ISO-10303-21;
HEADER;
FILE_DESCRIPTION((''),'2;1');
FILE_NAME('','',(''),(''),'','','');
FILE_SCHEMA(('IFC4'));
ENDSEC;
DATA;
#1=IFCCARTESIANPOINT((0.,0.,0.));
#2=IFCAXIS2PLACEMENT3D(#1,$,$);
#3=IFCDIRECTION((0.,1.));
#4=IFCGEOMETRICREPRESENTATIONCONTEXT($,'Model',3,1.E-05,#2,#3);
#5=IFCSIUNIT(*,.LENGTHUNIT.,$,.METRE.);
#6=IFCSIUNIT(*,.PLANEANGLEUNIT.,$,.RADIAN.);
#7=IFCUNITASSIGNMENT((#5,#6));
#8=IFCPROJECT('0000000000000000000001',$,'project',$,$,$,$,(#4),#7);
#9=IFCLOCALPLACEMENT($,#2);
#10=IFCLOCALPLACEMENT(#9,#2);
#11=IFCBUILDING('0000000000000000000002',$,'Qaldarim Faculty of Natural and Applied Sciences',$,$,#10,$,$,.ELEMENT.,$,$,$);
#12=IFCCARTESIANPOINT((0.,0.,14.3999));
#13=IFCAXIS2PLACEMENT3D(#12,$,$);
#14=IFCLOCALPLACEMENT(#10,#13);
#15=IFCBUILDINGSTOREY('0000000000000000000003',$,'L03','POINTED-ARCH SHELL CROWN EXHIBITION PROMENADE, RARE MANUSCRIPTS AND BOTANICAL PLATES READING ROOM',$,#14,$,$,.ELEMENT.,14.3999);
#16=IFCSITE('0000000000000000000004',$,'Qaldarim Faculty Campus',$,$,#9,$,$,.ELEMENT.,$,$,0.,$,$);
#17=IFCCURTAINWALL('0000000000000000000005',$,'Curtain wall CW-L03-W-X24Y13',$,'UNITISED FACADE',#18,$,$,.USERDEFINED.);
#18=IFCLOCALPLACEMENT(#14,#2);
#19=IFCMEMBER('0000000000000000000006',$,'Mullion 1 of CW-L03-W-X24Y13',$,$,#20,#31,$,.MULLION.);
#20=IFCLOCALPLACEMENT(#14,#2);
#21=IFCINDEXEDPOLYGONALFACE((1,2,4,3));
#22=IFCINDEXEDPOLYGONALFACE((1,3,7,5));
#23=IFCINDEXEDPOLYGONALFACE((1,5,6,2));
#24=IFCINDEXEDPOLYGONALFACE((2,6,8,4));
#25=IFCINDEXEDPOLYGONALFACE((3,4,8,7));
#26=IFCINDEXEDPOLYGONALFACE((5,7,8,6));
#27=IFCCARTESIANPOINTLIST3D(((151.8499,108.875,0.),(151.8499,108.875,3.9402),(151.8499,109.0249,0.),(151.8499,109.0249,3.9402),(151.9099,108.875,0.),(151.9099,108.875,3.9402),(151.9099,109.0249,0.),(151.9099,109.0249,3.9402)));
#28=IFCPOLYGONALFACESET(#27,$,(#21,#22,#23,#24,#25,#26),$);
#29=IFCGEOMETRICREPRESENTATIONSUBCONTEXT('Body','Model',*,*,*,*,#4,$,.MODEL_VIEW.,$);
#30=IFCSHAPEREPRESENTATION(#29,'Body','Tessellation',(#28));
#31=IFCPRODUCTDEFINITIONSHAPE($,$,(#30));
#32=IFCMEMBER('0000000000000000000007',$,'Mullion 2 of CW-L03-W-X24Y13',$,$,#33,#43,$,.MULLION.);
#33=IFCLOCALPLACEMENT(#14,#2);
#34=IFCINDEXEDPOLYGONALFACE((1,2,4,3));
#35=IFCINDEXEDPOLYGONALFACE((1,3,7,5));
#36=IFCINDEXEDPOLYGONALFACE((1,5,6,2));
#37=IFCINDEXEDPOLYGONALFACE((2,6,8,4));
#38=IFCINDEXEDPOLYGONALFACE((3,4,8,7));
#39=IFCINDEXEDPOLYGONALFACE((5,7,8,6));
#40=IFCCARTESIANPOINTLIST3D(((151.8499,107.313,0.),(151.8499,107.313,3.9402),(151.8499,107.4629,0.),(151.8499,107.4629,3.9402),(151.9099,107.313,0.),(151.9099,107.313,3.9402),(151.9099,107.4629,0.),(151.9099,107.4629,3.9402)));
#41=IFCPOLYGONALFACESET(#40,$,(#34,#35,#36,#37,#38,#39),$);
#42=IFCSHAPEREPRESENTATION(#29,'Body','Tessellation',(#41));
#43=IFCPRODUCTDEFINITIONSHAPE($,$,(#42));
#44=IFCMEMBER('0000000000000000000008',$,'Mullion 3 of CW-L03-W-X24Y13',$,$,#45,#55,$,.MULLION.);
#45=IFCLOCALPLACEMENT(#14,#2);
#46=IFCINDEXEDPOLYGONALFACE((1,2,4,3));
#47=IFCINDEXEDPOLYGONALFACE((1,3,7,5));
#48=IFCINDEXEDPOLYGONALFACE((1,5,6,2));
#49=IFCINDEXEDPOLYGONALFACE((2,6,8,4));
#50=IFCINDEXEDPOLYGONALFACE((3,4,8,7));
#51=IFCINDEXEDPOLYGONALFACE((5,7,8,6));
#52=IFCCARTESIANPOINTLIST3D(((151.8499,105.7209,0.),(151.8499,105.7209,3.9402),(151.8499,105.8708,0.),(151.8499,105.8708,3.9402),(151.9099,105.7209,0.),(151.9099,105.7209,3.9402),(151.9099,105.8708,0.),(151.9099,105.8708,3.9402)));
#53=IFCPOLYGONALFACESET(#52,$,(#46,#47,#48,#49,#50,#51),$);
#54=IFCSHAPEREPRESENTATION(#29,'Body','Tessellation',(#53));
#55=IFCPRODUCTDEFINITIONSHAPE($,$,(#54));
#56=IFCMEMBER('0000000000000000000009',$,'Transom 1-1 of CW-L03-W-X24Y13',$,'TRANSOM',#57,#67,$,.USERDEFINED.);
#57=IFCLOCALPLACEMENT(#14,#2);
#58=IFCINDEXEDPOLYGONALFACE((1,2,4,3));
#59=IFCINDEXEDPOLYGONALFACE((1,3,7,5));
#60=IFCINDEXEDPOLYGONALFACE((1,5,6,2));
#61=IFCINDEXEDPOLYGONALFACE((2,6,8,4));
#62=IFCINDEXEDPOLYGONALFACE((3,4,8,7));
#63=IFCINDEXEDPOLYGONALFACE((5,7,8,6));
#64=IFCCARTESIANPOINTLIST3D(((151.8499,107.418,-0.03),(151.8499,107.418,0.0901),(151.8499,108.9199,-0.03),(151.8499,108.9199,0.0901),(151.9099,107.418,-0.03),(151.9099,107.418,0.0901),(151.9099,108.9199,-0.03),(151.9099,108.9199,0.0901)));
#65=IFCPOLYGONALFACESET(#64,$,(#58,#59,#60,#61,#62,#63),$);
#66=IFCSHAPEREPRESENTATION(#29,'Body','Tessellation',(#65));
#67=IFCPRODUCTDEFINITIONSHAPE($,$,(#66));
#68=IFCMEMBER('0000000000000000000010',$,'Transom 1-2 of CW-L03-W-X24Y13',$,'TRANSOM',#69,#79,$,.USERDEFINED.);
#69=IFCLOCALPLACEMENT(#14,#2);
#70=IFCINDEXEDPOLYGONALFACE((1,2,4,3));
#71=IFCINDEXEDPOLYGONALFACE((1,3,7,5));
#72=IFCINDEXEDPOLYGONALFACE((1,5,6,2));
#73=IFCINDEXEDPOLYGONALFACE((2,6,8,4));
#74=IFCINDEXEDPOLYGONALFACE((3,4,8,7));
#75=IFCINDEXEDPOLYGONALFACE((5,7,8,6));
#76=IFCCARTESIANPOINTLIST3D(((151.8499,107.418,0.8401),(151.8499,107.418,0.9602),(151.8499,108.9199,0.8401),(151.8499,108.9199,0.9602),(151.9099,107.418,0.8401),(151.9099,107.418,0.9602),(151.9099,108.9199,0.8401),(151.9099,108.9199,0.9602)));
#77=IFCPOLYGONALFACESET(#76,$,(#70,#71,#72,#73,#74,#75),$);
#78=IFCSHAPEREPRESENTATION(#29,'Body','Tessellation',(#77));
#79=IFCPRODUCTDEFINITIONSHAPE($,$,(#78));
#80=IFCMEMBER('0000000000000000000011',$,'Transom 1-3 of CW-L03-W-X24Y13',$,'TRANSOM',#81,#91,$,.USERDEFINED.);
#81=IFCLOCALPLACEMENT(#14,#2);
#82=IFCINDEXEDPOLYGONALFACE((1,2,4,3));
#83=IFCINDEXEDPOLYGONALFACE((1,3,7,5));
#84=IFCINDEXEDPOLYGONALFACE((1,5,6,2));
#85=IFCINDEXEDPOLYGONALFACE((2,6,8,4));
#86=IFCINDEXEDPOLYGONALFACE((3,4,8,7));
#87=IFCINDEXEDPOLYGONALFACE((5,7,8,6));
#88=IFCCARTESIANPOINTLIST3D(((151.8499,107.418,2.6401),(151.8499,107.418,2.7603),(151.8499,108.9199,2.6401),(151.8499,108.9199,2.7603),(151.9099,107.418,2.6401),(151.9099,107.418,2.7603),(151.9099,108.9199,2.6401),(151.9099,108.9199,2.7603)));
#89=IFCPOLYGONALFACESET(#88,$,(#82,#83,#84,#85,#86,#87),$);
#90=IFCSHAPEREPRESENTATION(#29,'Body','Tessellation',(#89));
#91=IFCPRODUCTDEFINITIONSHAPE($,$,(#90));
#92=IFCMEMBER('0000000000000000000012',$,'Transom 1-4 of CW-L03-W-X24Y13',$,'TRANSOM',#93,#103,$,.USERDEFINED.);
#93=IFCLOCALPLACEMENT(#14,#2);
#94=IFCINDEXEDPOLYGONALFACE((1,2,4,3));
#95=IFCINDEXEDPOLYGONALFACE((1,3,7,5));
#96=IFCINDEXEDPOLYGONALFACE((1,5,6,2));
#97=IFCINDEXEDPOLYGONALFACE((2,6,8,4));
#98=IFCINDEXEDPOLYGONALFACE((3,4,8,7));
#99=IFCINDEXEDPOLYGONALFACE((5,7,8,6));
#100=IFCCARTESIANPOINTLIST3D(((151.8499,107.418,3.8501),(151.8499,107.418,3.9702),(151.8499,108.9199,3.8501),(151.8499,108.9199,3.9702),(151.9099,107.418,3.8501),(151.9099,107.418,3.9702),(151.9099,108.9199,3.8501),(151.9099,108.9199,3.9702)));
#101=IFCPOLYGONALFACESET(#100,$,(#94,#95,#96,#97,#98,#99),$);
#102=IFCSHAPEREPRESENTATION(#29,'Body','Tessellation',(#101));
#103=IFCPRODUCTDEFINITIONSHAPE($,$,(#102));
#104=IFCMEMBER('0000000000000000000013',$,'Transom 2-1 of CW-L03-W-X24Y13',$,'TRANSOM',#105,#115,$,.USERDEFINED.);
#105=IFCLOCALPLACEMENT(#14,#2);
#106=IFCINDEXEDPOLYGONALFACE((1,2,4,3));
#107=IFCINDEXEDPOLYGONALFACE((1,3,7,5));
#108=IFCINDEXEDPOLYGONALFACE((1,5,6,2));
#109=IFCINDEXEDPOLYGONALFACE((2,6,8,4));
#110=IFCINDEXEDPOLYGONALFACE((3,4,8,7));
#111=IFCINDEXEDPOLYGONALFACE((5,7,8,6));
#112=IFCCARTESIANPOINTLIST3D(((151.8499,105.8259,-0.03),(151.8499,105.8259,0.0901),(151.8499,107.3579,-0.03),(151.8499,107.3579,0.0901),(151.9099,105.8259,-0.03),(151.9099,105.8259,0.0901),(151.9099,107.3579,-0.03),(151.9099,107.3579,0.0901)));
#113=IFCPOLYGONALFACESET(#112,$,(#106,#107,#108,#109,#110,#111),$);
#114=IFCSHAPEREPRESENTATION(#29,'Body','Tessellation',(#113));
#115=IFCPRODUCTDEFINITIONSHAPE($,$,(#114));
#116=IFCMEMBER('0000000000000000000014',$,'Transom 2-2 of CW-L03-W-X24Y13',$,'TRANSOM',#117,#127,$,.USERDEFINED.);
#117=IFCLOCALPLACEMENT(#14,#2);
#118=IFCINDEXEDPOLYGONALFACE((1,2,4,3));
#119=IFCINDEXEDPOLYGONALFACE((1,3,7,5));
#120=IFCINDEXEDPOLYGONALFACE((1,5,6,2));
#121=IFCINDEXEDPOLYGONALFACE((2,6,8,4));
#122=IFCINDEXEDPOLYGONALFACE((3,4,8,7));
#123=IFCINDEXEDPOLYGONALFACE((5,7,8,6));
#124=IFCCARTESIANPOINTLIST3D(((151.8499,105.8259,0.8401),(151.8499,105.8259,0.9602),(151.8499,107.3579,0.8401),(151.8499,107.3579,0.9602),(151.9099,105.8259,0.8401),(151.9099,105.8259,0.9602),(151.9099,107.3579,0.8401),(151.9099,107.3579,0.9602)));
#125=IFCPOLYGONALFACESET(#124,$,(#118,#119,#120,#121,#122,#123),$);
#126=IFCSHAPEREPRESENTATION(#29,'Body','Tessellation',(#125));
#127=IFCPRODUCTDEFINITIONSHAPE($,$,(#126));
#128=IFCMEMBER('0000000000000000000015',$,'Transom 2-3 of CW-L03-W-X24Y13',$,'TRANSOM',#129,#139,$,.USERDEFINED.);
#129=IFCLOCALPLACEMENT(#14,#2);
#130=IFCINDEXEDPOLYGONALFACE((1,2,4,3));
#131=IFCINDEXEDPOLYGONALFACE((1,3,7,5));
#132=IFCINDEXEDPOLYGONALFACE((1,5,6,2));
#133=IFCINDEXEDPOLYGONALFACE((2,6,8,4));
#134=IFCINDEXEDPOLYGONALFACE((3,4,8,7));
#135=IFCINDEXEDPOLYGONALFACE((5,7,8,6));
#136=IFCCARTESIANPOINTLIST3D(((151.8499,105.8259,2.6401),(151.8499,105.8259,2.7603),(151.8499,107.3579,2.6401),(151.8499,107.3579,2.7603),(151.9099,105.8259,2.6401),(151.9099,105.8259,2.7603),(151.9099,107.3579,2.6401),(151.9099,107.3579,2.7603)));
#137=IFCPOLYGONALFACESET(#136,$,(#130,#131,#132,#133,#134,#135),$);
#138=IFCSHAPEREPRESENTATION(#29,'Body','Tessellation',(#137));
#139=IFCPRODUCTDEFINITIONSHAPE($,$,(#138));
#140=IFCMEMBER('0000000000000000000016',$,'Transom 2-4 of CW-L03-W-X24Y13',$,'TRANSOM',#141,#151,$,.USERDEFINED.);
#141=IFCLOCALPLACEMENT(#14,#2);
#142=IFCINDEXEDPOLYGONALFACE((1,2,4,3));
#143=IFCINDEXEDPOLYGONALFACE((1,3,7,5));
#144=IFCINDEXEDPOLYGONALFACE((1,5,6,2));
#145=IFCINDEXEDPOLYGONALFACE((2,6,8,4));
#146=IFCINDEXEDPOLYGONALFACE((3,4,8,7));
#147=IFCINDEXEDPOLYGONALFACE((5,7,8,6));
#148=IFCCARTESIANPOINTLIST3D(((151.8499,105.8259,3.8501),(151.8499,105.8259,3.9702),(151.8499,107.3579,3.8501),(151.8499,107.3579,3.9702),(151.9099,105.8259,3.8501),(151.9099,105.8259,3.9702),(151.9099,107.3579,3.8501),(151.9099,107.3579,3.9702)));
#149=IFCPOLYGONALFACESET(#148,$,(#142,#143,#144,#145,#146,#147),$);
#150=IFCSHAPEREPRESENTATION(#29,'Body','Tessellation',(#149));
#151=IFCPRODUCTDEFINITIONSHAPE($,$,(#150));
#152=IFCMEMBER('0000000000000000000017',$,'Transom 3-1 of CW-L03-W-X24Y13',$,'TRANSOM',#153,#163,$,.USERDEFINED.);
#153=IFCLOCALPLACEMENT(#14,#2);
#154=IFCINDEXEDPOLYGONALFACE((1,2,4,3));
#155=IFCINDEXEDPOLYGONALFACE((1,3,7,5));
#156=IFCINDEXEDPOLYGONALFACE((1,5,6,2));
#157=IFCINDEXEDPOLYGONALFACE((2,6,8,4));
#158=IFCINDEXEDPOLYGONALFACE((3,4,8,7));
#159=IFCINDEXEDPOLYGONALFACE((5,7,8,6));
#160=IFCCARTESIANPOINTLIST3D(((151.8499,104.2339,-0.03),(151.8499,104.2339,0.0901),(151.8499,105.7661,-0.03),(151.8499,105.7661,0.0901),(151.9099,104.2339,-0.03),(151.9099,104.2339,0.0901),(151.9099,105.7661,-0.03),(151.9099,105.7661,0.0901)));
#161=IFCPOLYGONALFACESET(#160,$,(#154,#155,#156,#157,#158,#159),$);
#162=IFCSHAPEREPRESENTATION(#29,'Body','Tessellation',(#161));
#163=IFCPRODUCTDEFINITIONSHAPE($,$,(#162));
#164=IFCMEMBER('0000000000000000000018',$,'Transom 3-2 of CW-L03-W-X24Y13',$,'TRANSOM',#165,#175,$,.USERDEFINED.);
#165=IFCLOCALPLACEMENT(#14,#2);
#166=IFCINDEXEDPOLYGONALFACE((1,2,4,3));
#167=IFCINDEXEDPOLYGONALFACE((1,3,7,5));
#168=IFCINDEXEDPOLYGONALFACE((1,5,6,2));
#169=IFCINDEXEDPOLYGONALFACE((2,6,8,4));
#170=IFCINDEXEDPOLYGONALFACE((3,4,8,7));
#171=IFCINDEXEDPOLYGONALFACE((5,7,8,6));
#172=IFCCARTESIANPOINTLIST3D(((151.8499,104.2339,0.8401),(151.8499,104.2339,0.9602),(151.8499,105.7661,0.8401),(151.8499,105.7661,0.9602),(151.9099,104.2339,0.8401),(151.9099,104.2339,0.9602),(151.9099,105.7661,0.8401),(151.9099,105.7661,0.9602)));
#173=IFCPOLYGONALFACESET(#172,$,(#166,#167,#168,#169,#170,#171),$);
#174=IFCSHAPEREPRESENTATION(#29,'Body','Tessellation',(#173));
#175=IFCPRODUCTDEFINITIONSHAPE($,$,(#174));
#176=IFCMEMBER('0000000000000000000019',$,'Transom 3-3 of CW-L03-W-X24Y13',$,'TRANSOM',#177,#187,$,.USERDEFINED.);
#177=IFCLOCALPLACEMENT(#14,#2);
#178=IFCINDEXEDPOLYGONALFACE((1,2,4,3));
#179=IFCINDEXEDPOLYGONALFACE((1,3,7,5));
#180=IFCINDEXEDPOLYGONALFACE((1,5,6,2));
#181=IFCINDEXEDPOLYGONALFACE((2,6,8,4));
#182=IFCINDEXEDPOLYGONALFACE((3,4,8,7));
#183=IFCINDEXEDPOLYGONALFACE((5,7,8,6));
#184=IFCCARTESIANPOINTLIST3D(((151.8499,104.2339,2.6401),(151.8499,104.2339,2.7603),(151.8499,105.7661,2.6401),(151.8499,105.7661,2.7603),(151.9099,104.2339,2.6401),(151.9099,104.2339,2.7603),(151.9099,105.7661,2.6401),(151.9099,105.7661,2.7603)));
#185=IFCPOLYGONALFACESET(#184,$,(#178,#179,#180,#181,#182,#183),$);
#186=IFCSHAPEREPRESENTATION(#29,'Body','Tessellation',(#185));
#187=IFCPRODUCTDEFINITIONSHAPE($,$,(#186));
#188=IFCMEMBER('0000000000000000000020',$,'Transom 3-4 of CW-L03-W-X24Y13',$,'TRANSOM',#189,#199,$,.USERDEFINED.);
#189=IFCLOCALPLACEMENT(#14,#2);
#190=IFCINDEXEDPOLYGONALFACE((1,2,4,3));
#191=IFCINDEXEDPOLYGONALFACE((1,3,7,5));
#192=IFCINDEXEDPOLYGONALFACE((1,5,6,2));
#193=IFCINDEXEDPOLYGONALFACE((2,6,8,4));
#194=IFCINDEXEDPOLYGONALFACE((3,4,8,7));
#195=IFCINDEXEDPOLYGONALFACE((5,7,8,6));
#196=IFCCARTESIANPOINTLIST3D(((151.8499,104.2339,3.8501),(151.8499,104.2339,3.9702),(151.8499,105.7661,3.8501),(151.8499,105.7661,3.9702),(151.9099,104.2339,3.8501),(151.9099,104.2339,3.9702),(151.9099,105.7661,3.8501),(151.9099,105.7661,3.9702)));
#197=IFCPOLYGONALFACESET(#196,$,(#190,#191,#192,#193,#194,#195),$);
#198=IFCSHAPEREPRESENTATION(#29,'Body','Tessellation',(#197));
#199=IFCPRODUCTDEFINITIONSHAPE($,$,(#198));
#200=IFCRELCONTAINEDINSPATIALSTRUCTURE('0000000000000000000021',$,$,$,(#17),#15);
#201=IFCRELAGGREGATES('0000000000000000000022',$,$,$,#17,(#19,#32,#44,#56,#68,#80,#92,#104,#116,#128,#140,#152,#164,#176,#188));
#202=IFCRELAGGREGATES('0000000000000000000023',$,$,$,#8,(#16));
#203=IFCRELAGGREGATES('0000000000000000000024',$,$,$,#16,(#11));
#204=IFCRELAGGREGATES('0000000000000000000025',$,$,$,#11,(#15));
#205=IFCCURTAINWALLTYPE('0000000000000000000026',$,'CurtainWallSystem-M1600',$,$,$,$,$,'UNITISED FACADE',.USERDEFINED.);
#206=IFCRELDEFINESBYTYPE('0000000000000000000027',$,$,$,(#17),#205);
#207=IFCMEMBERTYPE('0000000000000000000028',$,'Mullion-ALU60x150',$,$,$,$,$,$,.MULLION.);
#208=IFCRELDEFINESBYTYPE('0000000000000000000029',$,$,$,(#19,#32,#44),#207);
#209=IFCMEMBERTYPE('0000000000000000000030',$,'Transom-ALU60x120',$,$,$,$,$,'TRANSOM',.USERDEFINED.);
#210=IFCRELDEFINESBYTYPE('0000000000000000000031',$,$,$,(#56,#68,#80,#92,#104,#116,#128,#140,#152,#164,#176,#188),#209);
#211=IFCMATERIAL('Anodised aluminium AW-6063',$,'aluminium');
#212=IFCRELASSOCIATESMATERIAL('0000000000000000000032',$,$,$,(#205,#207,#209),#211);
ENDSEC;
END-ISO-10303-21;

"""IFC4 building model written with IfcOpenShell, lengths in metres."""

from ifc_helpers import new_model, si_unit, direction, frame, origin, origin_2d, place, context, subcontext, project, spatial, rectangle, extrude, material, material_profile, profile_set, type_object, element, aggregate, save


model = new_model("IFC4")

# Units and contexts
model_context = context("Model", 3, precision=1e-05, world=origin(), true_north=direction((0.0, 1.0)))
body_context = subcontext(model_context, "Body", "Model", "MODEL_VIEW")
ifc_project = project(units=[si_unit("LENGTHUNIT", "METRE"), si_unit("PLANEANGLEUNIT", "RADIAN")], contexts=[model_context])

# Site, building, storey
site_placement = place(None, origin())
site = spatial("IfcSite", under=ifc_project, at=site_placement, Name="Qaldarim Faculty Campus", CompositionType="ELEMENT", RefElevation=0.0)
building_placement = place(site_placement, origin())
building = spatial("IfcBuilding", under=site, at=building_placement, Name="Qaldarim Faculty of Natural and Applied Sciences", CompositionType="ELEMENT")
storey_placement = place(building_placement, frame((0.0, 0.0, 14.3999)))
storey = spatial("IfcBuildingStorey", under=building, at=storey_placement, Name="L03", Description="POINTED-ARCH SHELL CROWN EXHIBITION PROMENADE, RARE MANUSCRIPTS AND BOTANICAL PLATES READING ROOM", CompositionType="ELEMENT", Elevation=14.3999)

# Curtain wall, members
ifc_material_1 = material(Name="Anodised aluminium AW-6063", Category="aluminium")
curtain_wall_type = type_object("IfcCurtainWallType", Name="CurtainWallSystem-M1600", ElementType="UNITISED FACADE", PredefinedType="USERDEFINED", material=ifc_material_1)
curtain_wall_placement = place(storey_placement, origin())
curtain_wall = element("IfcCurtainWall", 1, at=curtain_wall_placement, inside=storey, type_object=curtain_wall_type, Name="Curtain wall CW-L03-W-X24Y13", ObjectType="UNITISED FACADE", PredefinedType="USERDEFINED")
ifc_material_profile_1 = material_profile(ifc_material_1, rectangle(XDim=0.0601, YDim=0.1499, at=origin_2d()), Name="ALU-M60x150")
ifc_profile_set_1 = profile_set([ifc_material_profile_1], Name="Anodised aluminium AW-6063")
member_type_1 = type_object("IfcMemberType", Name="Mullion-ALU60x150", PredefinedType="MULLION", material=ifc_profile_set_1)
member_1_placement = place(storey_placement, frame((151.8799, 108.95, 0.0), z_axis=(0.0, 0.0, 1.0), x_axis=(1.0, 0.0, 0.0)))
member_1 = element("IfcMember", 2, at=member_1_placement, type_object=member_type_1, Name="Mullion 1 of CW-L03-W-X24Y13", PredefinedType="MULLION", context=body_context, shape_type="SweptSolid", body=[
    extrude(rectangle(XDim=0.0601, YDim=0.1499, at=origin_2d()), origin(), (0.0, 0.0, 1.0), 3.9402),
])
member_2_placement = place(storey_placement, frame((151.8799, 107.3879, 0.0), z_axis=(0.0, 0.0, 1.0), x_axis=(1.0, 0.0, 0.0)))
member_2 = element("IfcMember", 3, at=member_2_placement, type_object=member_type_1, Name="Mullion 2 of CW-L03-W-X24Y13", PredefinedType="MULLION", context=body_context, shape_type="SweptSolid", body=[
    extrude(rectangle(XDim=0.0601, YDim=0.1499, at=origin_2d()), origin(), (0.0, 0.0, 1.0), 3.9402),
])
member_3_placement = place(storey_placement, frame((151.8799, 105.7959, 0.0), z_axis=(0.0, 0.0, 1.0), x_axis=(1.0, 0.0, 0.0)))
member_3 = element("IfcMember", 4, at=member_3_placement, type_object=member_type_1, Name="Mullion 3 of CW-L03-W-X24Y13", PredefinedType="MULLION", context=body_context, shape_type="SweptSolid", body=[
    extrude(rectangle(XDim=0.0601, YDim=0.1499, at=origin_2d()), origin(), (0.0, 0.0, 1.0), 3.9402),
])
ifc_material_profile_2 = material_profile(ifc_material_1, rectangle(XDim=0.0601, YDim=0.1201, at=origin_2d()), Name="ALU-T60x120")
ifc_profile_set_2 = profile_set([ifc_material_profile_2], Name="Anodised aluminium AW-6063")
member_type_2 = type_object("IfcMemberType", Name="Transom-ALU60x120", ElementType="TRANSOM", PredefinedType="USERDEFINED", material=ifc_profile_set_2)
member_4_placement = place(storey_placement, frame((151.8799, 108.9199, 0.03), z_axis=(0.0, -1.0, 0.0), x_axis=(1.0, 0.0, 0.0)))
member_4 = element("IfcMember", 5, at=member_4_placement, type_object=member_type_2, Name="Transom 1-1 of CW-L03-W-X24Y13", ObjectType="TRANSOM", PredefinedType="USERDEFINED", context=body_context, shape_type="SweptSolid", body=[
    extrude(rectangle(XDim=0.0601, YDim=0.1201, at=origin_2d()), origin(), (0.0, 0.0, 1.0), 1.502),
])
member_5_placement = place(storey_placement, frame((151.8799, 108.9199, 0.9001), z_axis=(0.0, -1.0, 0.0), x_axis=(1.0, 0.0, 0.0)))
member_5 = element("IfcMember", 6, at=member_5_placement, type_object=member_type_2, Name="Transom 1-2 of CW-L03-W-X24Y13", ObjectType="TRANSOM", PredefinedType="USERDEFINED", context=body_context, shape_type="SweptSolid", body=[
    extrude(rectangle(XDim=0.0601, YDim=0.1201, at=origin_2d()), origin(), (0.0, 0.0, 1.0), 1.502),
])
member_6_placement = place(storey_placement, frame((151.8799, 108.9199, 2.7002), z_axis=(0.0, -1.0, 0.0), x_axis=(1.0, 0.0, 0.0)))
member_6 = element("IfcMember", 7, at=member_6_placement, type_object=member_type_2, Name="Transom 1-3 of CW-L03-W-X24Y13", ObjectType="TRANSOM", PredefinedType="USERDEFINED", context=body_context, shape_type="SweptSolid", body=[
    extrude(rectangle(XDim=0.0601, YDim=0.1201, at=origin_2d()), origin(), (0.0, 0.0, 1.0), 1.502),
])
member_7_placement = place(storey_placement, frame((151.8799, 108.9199, 3.9102), z_axis=(0.0, -1.0, 0.0), x_axis=(1.0, 0.0, 0.0)))
member_7 = element("IfcMember", 8, at=member_7_placement, type_object=member_type_2, Name="Transom 1-4 of CW-L03-W-X24Y13", ObjectType="TRANSOM", PredefinedType="USERDEFINED", context=body_context, shape_type="SweptSolid", body=[
    extrude(rectangle(XDim=0.0601, YDim=0.1201, at=origin_2d()), origin(), (0.0, 0.0, 1.0), 1.502),
])
member_8_placement = place(storey_placement, frame((151.8799, 107.3579, 0.03), z_axis=(0.0, -1.0, 0.0), x_axis=(1.0, 0.0, 0.0)))
member_8 = element("IfcMember", 9, at=member_8_placement, type_object=member_type_2, Name="Transom 2-1 of CW-L03-W-X24Y13", ObjectType="TRANSOM", PredefinedType="USERDEFINED", context=body_context, shape_type="SweptSolid", body=[
    extrude(rectangle(XDim=0.0601, YDim=0.1201, at=origin_2d()), origin(), (0.0, 0.0, 1.0), 1.532),
])
member_9_placement = place(storey_placement, frame((151.8799, 107.3579, 0.9001), z_axis=(0.0, -1.0, 0.0), x_axis=(1.0, 0.0, 0.0)))
member_9 = element("IfcMember", 10, at=member_9_placement, type_object=member_type_2, Name="Transom 2-2 of CW-L03-W-X24Y13", ObjectType="TRANSOM", PredefinedType="USERDEFINED", context=body_context, shape_type="SweptSolid", body=[
    extrude(rectangle(XDim=0.0601, YDim=0.1201, at=origin_2d()), origin(), (0.0, 0.0, 1.0), 1.532),
])
member_10_placement = place(storey_placement, frame((151.8799, 107.3579, 2.7002), z_axis=(0.0, -1.0, 0.0), x_axis=(1.0, 0.0, 0.0)))
member_10 = element("IfcMember", 11, at=member_10_placement, type_object=member_type_2, Name="Transom 2-3 of CW-L03-W-X24Y13", ObjectType="TRANSOM", PredefinedType="USERDEFINED", context=body_context, shape_type="SweptSolid", body=[
    extrude(rectangle(XDim=0.0601, YDim=0.1201, at=origin_2d()), origin(), (0.0, 0.0, 1.0), 1.532),
])
member_11_placement = place(storey_placement, frame((151.8799, 107.3579, 3.9102), z_axis=(0.0, -1.0, 0.0), x_axis=(1.0, 0.0, 0.0)))
member_11 = element("IfcMember", 12, at=member_11_placement, type_object=member_type_2, Name="Transom 2-4 of CW-L03-W-X24Y13", ObjectType="TRANSOM", PredefinedType="USERDEFINED", context=body_context, shape_type="SweptSolid", body=[
    extrude(rectangle(XDim=0.0601, YDim=0.1201, at=origin_2d()), origin(), (0.0, 0.0, 1.0), 1.532),
])
member_12_placement = place(storey_placement, frame((151.8799, 105.7661, 0.03), z_axis=(0.0, -1.0, 0.0), x_axis=(1.0, 0.0, 0.0)))
member_12 = element("IfcMember", 13, at=member_12_placement, type_object=member_type_2, Name="Transom 3-1 of CW-L03-W-X24Y13", ObjectType="TRANSOM", PredefinedType="USERDEFINED", context=body_context, shape_type="SweptSolid", body=[
    extrude(rectangle(XDim=0.0601, YDim=0.1201, at=origin_2d()), origin(), (0.0, 0.0, 1.0), 1.5322),
])
member_13_placement = place(storey_placement, frame((151.8799, 105.7661, 0.9001), z_axis=(0.0, -1.0, 0.0), x_axis=(1.0, 0.0, 0.0)))
member_13 = element("IfcMember", 14, at=member_13_placement, type_object=member_type_2, Name="Transom 3-2 of CW-L03-W-X24Y13", ObjectType="TRANSOM", PredefinedType="USERDEFINED", context=body_context, shape_type="SweptSolid", body=[
    extrude(rectangle(XDim=0.0601, YDim=0.1201, at=origin_2d()), origin(), (0.0, 0.0, 1.0), 1.5322),
])
member_14_placement = place(storey_placement, frame((151.8799, 105.7661, 2.7002), z_axis=(0.0, -1.0, 0.0), x_axis=(1.0, 0.0, 0.0)))
member_14 = element("IfcMember", 15, at=member_14_placement, type_object=member_type_2, Name="Transom 3-3 of CW-L03-W-X24Y13", ObjectType="TRANSOM", PredefinedType="USERDEFINED", context=body_context, shape_type="SweptSolid", body=[
    extrude(rectangle(XDim=0.0601, YDim=0.1201, at=origin_2d()), origin(), (0.0, 0.0, 1.0), 1.5322),
])
member_15_placement = place(storey_placement, frame((151.8799, 105.7661, 3.9102), z_axis=(0.0, -1.0, 0.0), x_axis=(1.0, 0.0, 0.0)))
member_15 = element("IfcMember", 16, at=member_15_placement, type_object=member_type_2, Name="Transom 3-4 of CW-L03-W-X24Y13", ObjectType="TRANSOM", PredefinedType="USERDEFINED", context=body_context, shape_type="SweptSolid", body=[
    extrude(rectangle(XDim=0.0601, YDim=0.1201, at=origin_2d()), origin(), (0.0, 0.0, 1.0), 1.5322),
])
aggregate(curtain_wall, [member_1, member_2, member_3, member_4, member_5, member_6, member_7, member_8, member_9, member_10, member_11, member_12, member_13, member_14, member_15])

save(model, "model.ifc")
